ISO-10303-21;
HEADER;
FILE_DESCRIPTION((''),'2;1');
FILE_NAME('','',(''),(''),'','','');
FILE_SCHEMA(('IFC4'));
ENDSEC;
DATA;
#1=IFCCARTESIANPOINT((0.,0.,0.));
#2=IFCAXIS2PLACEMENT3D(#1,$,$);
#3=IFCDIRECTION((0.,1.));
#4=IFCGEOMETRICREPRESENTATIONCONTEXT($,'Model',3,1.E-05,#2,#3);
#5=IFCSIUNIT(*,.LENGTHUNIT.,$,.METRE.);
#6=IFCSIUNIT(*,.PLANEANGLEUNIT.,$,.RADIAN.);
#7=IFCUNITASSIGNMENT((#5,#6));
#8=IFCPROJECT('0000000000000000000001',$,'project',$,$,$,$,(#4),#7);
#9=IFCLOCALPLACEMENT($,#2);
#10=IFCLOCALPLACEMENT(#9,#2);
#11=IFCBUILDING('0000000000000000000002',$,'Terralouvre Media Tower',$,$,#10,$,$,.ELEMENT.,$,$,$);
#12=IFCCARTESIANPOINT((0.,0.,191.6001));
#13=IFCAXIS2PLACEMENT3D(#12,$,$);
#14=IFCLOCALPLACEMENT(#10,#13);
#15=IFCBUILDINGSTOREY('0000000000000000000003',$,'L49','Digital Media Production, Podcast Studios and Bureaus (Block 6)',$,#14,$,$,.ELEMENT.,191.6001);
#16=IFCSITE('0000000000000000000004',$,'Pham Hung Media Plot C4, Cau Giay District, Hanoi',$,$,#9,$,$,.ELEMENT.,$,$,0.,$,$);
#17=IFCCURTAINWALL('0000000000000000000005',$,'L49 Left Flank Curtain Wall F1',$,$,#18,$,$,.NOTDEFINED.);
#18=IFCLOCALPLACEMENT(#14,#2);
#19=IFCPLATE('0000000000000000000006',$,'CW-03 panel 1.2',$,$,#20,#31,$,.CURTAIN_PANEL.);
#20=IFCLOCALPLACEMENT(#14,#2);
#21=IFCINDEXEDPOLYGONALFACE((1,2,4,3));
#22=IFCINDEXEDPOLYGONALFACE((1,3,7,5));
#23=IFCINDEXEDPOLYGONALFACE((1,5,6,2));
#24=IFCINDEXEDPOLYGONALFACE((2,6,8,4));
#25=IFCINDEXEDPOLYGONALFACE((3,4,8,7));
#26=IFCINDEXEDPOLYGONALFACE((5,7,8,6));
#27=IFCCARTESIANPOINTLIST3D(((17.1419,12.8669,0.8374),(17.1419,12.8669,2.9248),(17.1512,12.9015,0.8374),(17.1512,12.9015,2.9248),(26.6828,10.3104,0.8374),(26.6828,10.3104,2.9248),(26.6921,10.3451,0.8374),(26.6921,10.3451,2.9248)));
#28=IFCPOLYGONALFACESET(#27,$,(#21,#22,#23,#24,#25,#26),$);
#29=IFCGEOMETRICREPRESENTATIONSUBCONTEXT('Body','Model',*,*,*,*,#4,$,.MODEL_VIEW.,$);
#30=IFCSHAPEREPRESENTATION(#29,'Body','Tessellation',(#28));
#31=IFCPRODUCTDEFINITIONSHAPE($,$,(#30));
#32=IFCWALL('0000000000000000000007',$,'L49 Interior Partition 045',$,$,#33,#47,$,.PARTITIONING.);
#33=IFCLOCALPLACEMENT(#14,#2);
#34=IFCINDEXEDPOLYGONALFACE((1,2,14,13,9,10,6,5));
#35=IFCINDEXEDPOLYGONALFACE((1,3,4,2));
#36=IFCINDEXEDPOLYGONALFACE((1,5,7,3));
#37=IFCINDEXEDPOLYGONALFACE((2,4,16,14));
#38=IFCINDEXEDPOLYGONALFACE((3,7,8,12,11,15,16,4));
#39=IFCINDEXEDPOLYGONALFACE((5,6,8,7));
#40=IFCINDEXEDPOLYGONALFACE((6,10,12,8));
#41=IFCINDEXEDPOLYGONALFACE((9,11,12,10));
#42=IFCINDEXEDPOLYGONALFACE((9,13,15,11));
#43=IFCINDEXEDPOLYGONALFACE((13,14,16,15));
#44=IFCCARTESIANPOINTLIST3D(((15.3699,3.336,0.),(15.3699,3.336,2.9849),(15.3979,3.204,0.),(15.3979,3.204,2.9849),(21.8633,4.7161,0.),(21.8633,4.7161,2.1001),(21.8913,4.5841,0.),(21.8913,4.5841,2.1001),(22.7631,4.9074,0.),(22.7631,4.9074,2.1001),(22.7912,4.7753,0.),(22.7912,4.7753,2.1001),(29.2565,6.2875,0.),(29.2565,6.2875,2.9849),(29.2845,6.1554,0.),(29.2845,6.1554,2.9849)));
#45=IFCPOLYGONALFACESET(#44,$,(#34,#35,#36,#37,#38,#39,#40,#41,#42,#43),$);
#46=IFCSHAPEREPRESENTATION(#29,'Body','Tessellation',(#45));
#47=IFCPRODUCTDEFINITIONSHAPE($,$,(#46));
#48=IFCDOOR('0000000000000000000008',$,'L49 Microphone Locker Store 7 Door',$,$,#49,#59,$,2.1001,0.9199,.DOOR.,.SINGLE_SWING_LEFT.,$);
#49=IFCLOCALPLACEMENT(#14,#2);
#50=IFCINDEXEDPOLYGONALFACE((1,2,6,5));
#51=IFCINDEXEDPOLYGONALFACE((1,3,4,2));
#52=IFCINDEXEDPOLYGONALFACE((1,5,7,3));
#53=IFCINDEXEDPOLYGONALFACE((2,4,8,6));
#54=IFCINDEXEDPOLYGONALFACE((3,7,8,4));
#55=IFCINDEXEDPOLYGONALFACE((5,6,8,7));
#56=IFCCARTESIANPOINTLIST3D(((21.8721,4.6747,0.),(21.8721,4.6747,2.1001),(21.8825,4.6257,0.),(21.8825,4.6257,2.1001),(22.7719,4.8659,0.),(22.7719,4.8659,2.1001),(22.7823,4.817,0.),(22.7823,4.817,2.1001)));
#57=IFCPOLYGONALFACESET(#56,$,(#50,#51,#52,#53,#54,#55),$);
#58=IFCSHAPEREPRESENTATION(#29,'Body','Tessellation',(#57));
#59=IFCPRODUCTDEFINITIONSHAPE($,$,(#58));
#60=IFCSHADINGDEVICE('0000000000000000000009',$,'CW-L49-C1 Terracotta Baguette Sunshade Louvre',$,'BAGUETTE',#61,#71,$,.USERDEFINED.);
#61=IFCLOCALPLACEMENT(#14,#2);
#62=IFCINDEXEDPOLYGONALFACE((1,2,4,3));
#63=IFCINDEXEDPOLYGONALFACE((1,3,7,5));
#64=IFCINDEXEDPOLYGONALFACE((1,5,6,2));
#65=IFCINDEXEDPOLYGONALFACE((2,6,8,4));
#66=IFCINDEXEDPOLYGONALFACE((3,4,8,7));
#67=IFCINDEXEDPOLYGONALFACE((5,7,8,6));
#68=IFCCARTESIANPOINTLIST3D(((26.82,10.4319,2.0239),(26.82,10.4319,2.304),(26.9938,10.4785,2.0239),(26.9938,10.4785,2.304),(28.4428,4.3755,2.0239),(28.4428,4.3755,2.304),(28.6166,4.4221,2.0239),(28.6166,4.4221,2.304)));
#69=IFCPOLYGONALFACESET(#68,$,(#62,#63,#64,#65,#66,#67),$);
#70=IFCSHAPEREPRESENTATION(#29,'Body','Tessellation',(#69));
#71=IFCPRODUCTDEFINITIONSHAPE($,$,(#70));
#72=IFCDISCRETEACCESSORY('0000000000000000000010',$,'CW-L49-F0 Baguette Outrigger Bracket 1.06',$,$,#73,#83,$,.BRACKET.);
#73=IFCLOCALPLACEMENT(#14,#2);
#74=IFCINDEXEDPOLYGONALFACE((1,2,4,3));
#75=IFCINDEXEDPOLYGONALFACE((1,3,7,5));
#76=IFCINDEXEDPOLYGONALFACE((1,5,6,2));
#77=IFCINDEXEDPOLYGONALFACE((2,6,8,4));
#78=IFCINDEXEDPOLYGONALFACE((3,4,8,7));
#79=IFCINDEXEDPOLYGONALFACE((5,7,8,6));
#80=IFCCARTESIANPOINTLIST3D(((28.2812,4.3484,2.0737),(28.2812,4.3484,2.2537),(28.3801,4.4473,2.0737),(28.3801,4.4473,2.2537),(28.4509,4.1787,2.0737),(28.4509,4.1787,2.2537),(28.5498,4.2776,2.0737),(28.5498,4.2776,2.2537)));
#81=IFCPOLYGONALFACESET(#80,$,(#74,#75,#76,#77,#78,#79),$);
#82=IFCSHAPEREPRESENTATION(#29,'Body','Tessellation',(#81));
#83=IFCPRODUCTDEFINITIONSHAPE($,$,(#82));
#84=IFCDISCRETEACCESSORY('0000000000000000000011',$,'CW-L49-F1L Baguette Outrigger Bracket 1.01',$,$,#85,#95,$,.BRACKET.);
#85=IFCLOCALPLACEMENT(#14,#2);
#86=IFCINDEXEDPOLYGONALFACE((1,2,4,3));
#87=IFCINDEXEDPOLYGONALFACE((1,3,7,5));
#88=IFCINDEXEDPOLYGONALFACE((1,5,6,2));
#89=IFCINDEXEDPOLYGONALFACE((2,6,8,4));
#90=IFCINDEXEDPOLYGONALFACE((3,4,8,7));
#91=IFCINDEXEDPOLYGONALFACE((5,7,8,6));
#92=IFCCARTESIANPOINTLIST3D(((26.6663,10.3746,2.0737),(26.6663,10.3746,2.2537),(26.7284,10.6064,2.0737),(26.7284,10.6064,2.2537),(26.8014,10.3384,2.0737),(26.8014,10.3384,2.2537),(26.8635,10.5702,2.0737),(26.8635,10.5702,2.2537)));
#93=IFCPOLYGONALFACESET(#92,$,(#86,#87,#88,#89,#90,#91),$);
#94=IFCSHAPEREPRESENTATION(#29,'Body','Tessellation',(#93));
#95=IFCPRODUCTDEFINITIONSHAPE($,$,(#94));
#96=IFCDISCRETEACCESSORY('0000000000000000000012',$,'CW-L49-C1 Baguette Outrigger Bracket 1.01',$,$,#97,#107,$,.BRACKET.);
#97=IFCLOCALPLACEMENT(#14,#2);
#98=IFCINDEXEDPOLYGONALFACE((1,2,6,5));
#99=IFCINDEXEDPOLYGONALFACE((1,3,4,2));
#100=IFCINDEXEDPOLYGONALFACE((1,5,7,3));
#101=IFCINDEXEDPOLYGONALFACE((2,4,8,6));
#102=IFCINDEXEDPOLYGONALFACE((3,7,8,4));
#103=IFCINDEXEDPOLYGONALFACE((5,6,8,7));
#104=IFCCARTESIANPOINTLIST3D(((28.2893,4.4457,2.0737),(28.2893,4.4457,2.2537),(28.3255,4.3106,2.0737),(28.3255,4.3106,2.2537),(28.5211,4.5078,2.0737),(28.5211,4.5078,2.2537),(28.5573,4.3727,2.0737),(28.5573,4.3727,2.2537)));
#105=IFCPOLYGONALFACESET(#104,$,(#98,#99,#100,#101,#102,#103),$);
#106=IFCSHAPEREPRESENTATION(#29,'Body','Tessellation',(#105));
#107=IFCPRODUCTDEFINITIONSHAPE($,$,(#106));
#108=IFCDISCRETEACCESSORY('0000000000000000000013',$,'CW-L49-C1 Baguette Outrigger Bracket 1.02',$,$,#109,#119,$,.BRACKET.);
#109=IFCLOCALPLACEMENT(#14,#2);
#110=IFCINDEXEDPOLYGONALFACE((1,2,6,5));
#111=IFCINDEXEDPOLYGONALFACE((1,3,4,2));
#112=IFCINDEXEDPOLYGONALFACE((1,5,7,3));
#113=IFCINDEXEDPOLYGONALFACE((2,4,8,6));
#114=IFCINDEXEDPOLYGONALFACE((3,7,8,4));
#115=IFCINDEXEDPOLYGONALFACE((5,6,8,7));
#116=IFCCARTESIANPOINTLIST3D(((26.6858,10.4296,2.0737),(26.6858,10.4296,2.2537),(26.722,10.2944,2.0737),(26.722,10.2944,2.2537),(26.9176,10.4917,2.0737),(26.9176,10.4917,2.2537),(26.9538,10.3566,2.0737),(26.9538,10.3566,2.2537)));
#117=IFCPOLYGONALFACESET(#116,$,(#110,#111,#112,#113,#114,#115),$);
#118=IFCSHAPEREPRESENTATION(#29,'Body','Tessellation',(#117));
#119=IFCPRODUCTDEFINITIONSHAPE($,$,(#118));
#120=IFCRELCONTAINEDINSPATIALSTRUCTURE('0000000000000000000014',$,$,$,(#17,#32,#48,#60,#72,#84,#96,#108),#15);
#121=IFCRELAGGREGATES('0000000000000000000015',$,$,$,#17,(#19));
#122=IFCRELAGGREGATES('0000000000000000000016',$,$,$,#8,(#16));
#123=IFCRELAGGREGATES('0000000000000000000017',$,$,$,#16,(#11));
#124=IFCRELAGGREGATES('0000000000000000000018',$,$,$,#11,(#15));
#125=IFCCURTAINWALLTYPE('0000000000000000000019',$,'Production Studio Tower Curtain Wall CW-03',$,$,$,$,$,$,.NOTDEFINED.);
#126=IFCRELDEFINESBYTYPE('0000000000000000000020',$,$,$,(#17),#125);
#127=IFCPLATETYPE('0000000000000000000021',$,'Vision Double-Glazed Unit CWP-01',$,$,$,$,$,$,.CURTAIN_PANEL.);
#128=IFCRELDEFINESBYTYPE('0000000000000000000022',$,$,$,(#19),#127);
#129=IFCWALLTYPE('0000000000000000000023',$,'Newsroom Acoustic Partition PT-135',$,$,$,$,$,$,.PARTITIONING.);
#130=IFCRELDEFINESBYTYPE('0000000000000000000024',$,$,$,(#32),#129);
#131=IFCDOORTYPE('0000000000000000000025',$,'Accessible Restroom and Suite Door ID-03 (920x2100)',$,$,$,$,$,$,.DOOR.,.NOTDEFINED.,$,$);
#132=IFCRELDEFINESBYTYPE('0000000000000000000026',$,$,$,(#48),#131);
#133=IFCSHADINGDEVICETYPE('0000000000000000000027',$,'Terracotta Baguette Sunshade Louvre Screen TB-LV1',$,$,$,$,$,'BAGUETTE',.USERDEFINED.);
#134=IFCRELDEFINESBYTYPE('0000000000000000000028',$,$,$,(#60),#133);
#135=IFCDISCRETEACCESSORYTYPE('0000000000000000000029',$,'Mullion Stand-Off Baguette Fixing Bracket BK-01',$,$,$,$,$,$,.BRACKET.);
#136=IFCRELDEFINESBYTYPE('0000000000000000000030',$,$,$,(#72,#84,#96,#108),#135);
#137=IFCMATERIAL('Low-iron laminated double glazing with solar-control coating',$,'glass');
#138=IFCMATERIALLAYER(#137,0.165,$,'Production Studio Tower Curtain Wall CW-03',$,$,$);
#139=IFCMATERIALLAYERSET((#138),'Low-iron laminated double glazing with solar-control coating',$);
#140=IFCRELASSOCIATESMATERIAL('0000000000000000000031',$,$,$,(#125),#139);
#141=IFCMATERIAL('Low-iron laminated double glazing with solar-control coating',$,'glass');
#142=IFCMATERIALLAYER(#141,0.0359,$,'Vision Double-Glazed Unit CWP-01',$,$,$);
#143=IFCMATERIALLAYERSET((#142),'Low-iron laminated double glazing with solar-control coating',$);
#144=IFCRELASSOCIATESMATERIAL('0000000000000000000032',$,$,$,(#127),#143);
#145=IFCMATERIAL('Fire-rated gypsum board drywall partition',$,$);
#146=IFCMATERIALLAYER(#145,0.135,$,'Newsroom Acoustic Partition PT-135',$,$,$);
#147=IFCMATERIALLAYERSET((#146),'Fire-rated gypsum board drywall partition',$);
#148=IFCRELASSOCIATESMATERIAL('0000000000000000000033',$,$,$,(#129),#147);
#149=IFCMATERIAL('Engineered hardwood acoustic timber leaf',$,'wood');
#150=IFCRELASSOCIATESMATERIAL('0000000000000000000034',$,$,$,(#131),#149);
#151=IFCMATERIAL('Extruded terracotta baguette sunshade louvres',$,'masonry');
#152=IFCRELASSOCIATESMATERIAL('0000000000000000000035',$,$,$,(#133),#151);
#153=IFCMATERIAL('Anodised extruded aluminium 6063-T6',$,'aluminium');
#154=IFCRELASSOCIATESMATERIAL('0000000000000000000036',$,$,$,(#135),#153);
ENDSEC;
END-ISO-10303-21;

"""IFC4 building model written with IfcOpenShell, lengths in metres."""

from ifc_helpers import new_model, si_unit, direction, frame, frame_2d, origin, origin_2d, place, context, subcontext, project, spatial, rectangle, extrude, material, layer, layer_set, type_object, element, fill, aggregate, save


model = new_model("IFC4")

# Units and contexts
model_context = context("Model", 3, precision=1e-05, world=origin(), true_north=direction((0.0, 1.0)))
body_context = subcontext(model_context, "Body", "Model", "MODEL_VIEW")
ifc_project = project(units=[si_unit("LENGTHUNIT", "METRE"), si_unit("PLANEANGLEUNIT", "RADIAN")], contexts=[model_context])

# Site, building, storey
site_placement = place(None, origin())
site = spatial("IfcSite", under=ifc_project, at=site_placement, Name="Pham Hung Media Plot C4, Cau Giay District, Hanoi", CompositionType="ELEMENT", RefElevation=0.0)
building_placement = place(site_placement, origin())
building = spatial("IfcBuilding", under=site, at=building_placement, Name="Terralouvre Media Tower", CompositionType="ELEMENT")
storey_placement = place(building_placement, frame((0.0, 0.0, 191.6001)))
storey = spatial("IfcBuildingStorey", under=building, at=storey_placement, Name="L49", Description="Digital Media Production, Podcast Studios and Bureaus (Block 6)", CompositionType="ELEMENT", Elevation=191.6001)

# Curtain wall
ifc_material_1 = material(Name="Low-iron laminated double glazing with solar-control coating", Category="glass")
ifc_layer_1 = layer(ifc_material_1, 0.165, Name="Production Studio Tower Curtain Wall CW-03")
ifc_layer_set_1 = layer_set([ifc_layer_1], Name="Low-iron laminated double glazing with solar-control coating")
curtain_wall_type_1 = type_object("IfcCurtainWallType", Name="Production Studio Tower Curtain Wall CW-03", PredefinedType="NOTDEFINED", material=ifc_layer_set_1)
curtain_wall_1_placement = place(storey_placement, origin())
curtain_wall_1 = element("IfcCurtainWall", 1, at=curtain_wall_1_placement, inside=storey, type_object=curtain_wall_type_1, Name="L49 Left Flank Curtain Wall F1", PredefinedType="NOTDEFINED")

# Plate
ifc_material_2 = material(Name="Low-iron laminated double glazing with solar-control coating", Category="glass")
ifc_layer_2 = layer(ifc_material_2, 0.0359, Name="Vision Double-Glazed Unit CWP-01")
ifc_layer_set_2 = layer_set([ifc_layer_2], Name="Low-iron laminated double glazing with solar-control coating")
plate_type_1 = type_object("IfcPlateType", Name="Vision Double-Glazed Unit CWP-01", PredefinedType="CURTAIN_PANEL", material=ifc_layer_set_2)
plate_1_placement = place(storey_placement, frame((21.917, 11.606, 0.8374), z_axis=(0.0, 0.0, 1.0), x_axis=(-0.965926, 0.258819, 0.0)))
plate_1 = element("IfcPlate", 2, at=plate_1_placement, type_object=plate_type_1, Name="CW-03 panel 1.2", PredefinedType="CURTAIN_PANEL", context=body_context, shape_type="SweptSolid", body=[
    extrude(rectangle(XDim=9.8774, YDim=0.0359, at=origin_2d()), origin(), (0.0, 0.0, 1.0), 2.0874),
])
aggregate(curtain_wall_1, [plate_1])

# Wall, opening, door
ifc_material_3 = material(Name="Fire-rated gypsum board drywall partition")
ifc_layer_3 = layer(ifc_material_3, 0.135, Name="Newsroom Acoustic Partition PT-135")
ifc_layer_set_3 = layer_set([ifc_layer_3], Name="Fire-rated gypsum board drywall partition")
wall_type = type_object("IfcWallType", Name="Newsroom Acoustic Partition PT-135", PredefinedType="PARTITIONING", material=ifc_layer_set_3)
wall_placement = place(storey_placement, frame((29.2705, 6.2214, 0.0), z_axis=(0.0, 0.0, 1.0), x_axis=(-0.978151, -0.207895, 0.0)))
wall = element("IfcWall", 3, at=wall_placement, inside=storey, type_object=wall_type, Name="L49 Interior Partition 045", PredefinedType="PARTITIONING", context=body_context, shape_type="SweptSolid", body=[
    extrude(rectangle(XDim=14.1968, YDim=0.135, at=frame_2d((7.0984, 0.0))), origin(), (0.0, 0.0, 1.0), 2.9849),
])
opening_placement = place(wall_placement, frame((6.6384, 0.0, 0.0)))
opening = element("IfcOpeningElement", 4, at=opening_placement, cuts=wall, PredefinedType="OPENING", context=body_context, shape_type="SweptSolid", body=[
    extrude(rectangle(XDim=0.9199, YDim=2.1001, at=frame_2d((0.46, 1.05))), frame((0.0, 0.0774, 0.0), z_axis=(0.0, -1.0, 0.0), x_axis=(1.0, 0.0, 0.0)), (0.0, 0.0, 1.0), 0.155),
])
ifc_material_4 = material(Name="Engineered hardwood acoustic timber leaf", Category="wood")
door_type = type_object("IfcDoorType", Name="Accessible Restroom and Suite Door ID-03 (920x2100)", OperationType="NOTDEFINED", PredefinedType="DOOR", material=ifc_material_4)
door_placement = place(opening_placement, origin())
door = element("IfcDoor", 5, at=door_placement, inside=storey, type_object=door_type, Name="L49 Microphone Locker Store 7 Door", OperationType="SINGLE_SWING_LEFT", OverallHeight=2.1001, OverallWidth=0.9199, PredefinedType="DOOR", context=body_context, shape_type="SweptSolid", body=[
    extrude(rectangle(XDim=0.9199, YDim=2.1001, at=frame_2d((0.46, 1.05))), frame((0.0, 0.0249, 0.0), z_axis=(0.0, -1.0, 0.0), x_axis=(1.0, 0.0, 0.0)), (0.0, 0.0, 1.0), 0.05),
])
fill(opening, door)

# Shading device
ifc_material_5 = material(Name="Extruded terracotta baguette sunshade louvres", Category="masonry")
shading_device_type = type_object("IfcShadingDeviceType", Name="Terracotta Baguette Sunshade Louvre Screen TB-LV1", ElementType="BAGUETTE", PredefinedType="USERDEFINED", material=ifc_material_5)
shading_device_placement = place(storey_placement, frame((27.7183, 7.427, 2.0239), z_axis=(0.0, 0.0, 1.0), x_axis=(-0.258819, 0.965926, 0.0)))
element("IfcShadingDevice", 6, at=shading_device_placement, inside=storey, type_object=shading_device_type, Name="CW-L49-C1 Terracotta Baguette Sunshade Louvre", ObjectType="BAGUETTE", PredefinedType="USERDEFINED", context=body_context, shape_type="SweptSolid", body=[
    extrude(rectangle(XDim=6.27, YDim=0.1799, at=origin_2d()), origin(), (0.0, 0.0, 1.0), 0.28),
])

# Discrete accessories
ifc_material_6 = material(Name="Anodised extruded aluminium 6063-T6", Category="aluminium")
discrete_accessory_type = type_object("IfcDiscreteAccessoryType", Name="Mullion Stand-Off Baguette Fixing Bracket BK-01", PredefinedType="BRACKET", material=ifc_material_6)
for number, where, z_axis, x_axis, name in (
    (7, (28.4155, 4.313, 2.0737), (0.0, 0.0, 1.0), (0.707107, 0.707107, 0.0), "CW-L49-F0 Baguette Outrigger Bracket 1.06"),
    (8, (26.7649, 10.4724, 2.0737), (0.0, 0.0, 1.0), (-0.965926, 0.258819, 0.0), "CW-L49-F1L Baguette Outrigger Bracket 1.01"),
    (9, (28.4233, 4.4092, 2.0737), (0.0, 0.0, 1.0), (-0.258819, 0.965926, 0.0), "CW-L49-C1 Baguette Outrigger Bracket 1.01"),
    (10, (26.8198, 10.3931, 2.0737), (0.0, 0.0, 1.0), (-0.258819, 0.965926, 0.0), "CW-L49-C1 Baguette Outrigger Bracket 1.02"),
):
    element("IfcDiscreteAccessory", number, at=place(storey_placement, frame(where, z_axis=z_axis, x_axis=x_axis)), inside=storey, type_object=discrete_accessory_type, Name=name, PredefinedType="BRACKET", context=body_context, shape_type="SweptSolid", body=[
        extrude(rectangle(XDim=0.1399, YDim=0.24, at=origin_2d()), origin(), (0.0, 0.0, 1.0), 0.1799),
    ])

save(model, "model.ifc")
